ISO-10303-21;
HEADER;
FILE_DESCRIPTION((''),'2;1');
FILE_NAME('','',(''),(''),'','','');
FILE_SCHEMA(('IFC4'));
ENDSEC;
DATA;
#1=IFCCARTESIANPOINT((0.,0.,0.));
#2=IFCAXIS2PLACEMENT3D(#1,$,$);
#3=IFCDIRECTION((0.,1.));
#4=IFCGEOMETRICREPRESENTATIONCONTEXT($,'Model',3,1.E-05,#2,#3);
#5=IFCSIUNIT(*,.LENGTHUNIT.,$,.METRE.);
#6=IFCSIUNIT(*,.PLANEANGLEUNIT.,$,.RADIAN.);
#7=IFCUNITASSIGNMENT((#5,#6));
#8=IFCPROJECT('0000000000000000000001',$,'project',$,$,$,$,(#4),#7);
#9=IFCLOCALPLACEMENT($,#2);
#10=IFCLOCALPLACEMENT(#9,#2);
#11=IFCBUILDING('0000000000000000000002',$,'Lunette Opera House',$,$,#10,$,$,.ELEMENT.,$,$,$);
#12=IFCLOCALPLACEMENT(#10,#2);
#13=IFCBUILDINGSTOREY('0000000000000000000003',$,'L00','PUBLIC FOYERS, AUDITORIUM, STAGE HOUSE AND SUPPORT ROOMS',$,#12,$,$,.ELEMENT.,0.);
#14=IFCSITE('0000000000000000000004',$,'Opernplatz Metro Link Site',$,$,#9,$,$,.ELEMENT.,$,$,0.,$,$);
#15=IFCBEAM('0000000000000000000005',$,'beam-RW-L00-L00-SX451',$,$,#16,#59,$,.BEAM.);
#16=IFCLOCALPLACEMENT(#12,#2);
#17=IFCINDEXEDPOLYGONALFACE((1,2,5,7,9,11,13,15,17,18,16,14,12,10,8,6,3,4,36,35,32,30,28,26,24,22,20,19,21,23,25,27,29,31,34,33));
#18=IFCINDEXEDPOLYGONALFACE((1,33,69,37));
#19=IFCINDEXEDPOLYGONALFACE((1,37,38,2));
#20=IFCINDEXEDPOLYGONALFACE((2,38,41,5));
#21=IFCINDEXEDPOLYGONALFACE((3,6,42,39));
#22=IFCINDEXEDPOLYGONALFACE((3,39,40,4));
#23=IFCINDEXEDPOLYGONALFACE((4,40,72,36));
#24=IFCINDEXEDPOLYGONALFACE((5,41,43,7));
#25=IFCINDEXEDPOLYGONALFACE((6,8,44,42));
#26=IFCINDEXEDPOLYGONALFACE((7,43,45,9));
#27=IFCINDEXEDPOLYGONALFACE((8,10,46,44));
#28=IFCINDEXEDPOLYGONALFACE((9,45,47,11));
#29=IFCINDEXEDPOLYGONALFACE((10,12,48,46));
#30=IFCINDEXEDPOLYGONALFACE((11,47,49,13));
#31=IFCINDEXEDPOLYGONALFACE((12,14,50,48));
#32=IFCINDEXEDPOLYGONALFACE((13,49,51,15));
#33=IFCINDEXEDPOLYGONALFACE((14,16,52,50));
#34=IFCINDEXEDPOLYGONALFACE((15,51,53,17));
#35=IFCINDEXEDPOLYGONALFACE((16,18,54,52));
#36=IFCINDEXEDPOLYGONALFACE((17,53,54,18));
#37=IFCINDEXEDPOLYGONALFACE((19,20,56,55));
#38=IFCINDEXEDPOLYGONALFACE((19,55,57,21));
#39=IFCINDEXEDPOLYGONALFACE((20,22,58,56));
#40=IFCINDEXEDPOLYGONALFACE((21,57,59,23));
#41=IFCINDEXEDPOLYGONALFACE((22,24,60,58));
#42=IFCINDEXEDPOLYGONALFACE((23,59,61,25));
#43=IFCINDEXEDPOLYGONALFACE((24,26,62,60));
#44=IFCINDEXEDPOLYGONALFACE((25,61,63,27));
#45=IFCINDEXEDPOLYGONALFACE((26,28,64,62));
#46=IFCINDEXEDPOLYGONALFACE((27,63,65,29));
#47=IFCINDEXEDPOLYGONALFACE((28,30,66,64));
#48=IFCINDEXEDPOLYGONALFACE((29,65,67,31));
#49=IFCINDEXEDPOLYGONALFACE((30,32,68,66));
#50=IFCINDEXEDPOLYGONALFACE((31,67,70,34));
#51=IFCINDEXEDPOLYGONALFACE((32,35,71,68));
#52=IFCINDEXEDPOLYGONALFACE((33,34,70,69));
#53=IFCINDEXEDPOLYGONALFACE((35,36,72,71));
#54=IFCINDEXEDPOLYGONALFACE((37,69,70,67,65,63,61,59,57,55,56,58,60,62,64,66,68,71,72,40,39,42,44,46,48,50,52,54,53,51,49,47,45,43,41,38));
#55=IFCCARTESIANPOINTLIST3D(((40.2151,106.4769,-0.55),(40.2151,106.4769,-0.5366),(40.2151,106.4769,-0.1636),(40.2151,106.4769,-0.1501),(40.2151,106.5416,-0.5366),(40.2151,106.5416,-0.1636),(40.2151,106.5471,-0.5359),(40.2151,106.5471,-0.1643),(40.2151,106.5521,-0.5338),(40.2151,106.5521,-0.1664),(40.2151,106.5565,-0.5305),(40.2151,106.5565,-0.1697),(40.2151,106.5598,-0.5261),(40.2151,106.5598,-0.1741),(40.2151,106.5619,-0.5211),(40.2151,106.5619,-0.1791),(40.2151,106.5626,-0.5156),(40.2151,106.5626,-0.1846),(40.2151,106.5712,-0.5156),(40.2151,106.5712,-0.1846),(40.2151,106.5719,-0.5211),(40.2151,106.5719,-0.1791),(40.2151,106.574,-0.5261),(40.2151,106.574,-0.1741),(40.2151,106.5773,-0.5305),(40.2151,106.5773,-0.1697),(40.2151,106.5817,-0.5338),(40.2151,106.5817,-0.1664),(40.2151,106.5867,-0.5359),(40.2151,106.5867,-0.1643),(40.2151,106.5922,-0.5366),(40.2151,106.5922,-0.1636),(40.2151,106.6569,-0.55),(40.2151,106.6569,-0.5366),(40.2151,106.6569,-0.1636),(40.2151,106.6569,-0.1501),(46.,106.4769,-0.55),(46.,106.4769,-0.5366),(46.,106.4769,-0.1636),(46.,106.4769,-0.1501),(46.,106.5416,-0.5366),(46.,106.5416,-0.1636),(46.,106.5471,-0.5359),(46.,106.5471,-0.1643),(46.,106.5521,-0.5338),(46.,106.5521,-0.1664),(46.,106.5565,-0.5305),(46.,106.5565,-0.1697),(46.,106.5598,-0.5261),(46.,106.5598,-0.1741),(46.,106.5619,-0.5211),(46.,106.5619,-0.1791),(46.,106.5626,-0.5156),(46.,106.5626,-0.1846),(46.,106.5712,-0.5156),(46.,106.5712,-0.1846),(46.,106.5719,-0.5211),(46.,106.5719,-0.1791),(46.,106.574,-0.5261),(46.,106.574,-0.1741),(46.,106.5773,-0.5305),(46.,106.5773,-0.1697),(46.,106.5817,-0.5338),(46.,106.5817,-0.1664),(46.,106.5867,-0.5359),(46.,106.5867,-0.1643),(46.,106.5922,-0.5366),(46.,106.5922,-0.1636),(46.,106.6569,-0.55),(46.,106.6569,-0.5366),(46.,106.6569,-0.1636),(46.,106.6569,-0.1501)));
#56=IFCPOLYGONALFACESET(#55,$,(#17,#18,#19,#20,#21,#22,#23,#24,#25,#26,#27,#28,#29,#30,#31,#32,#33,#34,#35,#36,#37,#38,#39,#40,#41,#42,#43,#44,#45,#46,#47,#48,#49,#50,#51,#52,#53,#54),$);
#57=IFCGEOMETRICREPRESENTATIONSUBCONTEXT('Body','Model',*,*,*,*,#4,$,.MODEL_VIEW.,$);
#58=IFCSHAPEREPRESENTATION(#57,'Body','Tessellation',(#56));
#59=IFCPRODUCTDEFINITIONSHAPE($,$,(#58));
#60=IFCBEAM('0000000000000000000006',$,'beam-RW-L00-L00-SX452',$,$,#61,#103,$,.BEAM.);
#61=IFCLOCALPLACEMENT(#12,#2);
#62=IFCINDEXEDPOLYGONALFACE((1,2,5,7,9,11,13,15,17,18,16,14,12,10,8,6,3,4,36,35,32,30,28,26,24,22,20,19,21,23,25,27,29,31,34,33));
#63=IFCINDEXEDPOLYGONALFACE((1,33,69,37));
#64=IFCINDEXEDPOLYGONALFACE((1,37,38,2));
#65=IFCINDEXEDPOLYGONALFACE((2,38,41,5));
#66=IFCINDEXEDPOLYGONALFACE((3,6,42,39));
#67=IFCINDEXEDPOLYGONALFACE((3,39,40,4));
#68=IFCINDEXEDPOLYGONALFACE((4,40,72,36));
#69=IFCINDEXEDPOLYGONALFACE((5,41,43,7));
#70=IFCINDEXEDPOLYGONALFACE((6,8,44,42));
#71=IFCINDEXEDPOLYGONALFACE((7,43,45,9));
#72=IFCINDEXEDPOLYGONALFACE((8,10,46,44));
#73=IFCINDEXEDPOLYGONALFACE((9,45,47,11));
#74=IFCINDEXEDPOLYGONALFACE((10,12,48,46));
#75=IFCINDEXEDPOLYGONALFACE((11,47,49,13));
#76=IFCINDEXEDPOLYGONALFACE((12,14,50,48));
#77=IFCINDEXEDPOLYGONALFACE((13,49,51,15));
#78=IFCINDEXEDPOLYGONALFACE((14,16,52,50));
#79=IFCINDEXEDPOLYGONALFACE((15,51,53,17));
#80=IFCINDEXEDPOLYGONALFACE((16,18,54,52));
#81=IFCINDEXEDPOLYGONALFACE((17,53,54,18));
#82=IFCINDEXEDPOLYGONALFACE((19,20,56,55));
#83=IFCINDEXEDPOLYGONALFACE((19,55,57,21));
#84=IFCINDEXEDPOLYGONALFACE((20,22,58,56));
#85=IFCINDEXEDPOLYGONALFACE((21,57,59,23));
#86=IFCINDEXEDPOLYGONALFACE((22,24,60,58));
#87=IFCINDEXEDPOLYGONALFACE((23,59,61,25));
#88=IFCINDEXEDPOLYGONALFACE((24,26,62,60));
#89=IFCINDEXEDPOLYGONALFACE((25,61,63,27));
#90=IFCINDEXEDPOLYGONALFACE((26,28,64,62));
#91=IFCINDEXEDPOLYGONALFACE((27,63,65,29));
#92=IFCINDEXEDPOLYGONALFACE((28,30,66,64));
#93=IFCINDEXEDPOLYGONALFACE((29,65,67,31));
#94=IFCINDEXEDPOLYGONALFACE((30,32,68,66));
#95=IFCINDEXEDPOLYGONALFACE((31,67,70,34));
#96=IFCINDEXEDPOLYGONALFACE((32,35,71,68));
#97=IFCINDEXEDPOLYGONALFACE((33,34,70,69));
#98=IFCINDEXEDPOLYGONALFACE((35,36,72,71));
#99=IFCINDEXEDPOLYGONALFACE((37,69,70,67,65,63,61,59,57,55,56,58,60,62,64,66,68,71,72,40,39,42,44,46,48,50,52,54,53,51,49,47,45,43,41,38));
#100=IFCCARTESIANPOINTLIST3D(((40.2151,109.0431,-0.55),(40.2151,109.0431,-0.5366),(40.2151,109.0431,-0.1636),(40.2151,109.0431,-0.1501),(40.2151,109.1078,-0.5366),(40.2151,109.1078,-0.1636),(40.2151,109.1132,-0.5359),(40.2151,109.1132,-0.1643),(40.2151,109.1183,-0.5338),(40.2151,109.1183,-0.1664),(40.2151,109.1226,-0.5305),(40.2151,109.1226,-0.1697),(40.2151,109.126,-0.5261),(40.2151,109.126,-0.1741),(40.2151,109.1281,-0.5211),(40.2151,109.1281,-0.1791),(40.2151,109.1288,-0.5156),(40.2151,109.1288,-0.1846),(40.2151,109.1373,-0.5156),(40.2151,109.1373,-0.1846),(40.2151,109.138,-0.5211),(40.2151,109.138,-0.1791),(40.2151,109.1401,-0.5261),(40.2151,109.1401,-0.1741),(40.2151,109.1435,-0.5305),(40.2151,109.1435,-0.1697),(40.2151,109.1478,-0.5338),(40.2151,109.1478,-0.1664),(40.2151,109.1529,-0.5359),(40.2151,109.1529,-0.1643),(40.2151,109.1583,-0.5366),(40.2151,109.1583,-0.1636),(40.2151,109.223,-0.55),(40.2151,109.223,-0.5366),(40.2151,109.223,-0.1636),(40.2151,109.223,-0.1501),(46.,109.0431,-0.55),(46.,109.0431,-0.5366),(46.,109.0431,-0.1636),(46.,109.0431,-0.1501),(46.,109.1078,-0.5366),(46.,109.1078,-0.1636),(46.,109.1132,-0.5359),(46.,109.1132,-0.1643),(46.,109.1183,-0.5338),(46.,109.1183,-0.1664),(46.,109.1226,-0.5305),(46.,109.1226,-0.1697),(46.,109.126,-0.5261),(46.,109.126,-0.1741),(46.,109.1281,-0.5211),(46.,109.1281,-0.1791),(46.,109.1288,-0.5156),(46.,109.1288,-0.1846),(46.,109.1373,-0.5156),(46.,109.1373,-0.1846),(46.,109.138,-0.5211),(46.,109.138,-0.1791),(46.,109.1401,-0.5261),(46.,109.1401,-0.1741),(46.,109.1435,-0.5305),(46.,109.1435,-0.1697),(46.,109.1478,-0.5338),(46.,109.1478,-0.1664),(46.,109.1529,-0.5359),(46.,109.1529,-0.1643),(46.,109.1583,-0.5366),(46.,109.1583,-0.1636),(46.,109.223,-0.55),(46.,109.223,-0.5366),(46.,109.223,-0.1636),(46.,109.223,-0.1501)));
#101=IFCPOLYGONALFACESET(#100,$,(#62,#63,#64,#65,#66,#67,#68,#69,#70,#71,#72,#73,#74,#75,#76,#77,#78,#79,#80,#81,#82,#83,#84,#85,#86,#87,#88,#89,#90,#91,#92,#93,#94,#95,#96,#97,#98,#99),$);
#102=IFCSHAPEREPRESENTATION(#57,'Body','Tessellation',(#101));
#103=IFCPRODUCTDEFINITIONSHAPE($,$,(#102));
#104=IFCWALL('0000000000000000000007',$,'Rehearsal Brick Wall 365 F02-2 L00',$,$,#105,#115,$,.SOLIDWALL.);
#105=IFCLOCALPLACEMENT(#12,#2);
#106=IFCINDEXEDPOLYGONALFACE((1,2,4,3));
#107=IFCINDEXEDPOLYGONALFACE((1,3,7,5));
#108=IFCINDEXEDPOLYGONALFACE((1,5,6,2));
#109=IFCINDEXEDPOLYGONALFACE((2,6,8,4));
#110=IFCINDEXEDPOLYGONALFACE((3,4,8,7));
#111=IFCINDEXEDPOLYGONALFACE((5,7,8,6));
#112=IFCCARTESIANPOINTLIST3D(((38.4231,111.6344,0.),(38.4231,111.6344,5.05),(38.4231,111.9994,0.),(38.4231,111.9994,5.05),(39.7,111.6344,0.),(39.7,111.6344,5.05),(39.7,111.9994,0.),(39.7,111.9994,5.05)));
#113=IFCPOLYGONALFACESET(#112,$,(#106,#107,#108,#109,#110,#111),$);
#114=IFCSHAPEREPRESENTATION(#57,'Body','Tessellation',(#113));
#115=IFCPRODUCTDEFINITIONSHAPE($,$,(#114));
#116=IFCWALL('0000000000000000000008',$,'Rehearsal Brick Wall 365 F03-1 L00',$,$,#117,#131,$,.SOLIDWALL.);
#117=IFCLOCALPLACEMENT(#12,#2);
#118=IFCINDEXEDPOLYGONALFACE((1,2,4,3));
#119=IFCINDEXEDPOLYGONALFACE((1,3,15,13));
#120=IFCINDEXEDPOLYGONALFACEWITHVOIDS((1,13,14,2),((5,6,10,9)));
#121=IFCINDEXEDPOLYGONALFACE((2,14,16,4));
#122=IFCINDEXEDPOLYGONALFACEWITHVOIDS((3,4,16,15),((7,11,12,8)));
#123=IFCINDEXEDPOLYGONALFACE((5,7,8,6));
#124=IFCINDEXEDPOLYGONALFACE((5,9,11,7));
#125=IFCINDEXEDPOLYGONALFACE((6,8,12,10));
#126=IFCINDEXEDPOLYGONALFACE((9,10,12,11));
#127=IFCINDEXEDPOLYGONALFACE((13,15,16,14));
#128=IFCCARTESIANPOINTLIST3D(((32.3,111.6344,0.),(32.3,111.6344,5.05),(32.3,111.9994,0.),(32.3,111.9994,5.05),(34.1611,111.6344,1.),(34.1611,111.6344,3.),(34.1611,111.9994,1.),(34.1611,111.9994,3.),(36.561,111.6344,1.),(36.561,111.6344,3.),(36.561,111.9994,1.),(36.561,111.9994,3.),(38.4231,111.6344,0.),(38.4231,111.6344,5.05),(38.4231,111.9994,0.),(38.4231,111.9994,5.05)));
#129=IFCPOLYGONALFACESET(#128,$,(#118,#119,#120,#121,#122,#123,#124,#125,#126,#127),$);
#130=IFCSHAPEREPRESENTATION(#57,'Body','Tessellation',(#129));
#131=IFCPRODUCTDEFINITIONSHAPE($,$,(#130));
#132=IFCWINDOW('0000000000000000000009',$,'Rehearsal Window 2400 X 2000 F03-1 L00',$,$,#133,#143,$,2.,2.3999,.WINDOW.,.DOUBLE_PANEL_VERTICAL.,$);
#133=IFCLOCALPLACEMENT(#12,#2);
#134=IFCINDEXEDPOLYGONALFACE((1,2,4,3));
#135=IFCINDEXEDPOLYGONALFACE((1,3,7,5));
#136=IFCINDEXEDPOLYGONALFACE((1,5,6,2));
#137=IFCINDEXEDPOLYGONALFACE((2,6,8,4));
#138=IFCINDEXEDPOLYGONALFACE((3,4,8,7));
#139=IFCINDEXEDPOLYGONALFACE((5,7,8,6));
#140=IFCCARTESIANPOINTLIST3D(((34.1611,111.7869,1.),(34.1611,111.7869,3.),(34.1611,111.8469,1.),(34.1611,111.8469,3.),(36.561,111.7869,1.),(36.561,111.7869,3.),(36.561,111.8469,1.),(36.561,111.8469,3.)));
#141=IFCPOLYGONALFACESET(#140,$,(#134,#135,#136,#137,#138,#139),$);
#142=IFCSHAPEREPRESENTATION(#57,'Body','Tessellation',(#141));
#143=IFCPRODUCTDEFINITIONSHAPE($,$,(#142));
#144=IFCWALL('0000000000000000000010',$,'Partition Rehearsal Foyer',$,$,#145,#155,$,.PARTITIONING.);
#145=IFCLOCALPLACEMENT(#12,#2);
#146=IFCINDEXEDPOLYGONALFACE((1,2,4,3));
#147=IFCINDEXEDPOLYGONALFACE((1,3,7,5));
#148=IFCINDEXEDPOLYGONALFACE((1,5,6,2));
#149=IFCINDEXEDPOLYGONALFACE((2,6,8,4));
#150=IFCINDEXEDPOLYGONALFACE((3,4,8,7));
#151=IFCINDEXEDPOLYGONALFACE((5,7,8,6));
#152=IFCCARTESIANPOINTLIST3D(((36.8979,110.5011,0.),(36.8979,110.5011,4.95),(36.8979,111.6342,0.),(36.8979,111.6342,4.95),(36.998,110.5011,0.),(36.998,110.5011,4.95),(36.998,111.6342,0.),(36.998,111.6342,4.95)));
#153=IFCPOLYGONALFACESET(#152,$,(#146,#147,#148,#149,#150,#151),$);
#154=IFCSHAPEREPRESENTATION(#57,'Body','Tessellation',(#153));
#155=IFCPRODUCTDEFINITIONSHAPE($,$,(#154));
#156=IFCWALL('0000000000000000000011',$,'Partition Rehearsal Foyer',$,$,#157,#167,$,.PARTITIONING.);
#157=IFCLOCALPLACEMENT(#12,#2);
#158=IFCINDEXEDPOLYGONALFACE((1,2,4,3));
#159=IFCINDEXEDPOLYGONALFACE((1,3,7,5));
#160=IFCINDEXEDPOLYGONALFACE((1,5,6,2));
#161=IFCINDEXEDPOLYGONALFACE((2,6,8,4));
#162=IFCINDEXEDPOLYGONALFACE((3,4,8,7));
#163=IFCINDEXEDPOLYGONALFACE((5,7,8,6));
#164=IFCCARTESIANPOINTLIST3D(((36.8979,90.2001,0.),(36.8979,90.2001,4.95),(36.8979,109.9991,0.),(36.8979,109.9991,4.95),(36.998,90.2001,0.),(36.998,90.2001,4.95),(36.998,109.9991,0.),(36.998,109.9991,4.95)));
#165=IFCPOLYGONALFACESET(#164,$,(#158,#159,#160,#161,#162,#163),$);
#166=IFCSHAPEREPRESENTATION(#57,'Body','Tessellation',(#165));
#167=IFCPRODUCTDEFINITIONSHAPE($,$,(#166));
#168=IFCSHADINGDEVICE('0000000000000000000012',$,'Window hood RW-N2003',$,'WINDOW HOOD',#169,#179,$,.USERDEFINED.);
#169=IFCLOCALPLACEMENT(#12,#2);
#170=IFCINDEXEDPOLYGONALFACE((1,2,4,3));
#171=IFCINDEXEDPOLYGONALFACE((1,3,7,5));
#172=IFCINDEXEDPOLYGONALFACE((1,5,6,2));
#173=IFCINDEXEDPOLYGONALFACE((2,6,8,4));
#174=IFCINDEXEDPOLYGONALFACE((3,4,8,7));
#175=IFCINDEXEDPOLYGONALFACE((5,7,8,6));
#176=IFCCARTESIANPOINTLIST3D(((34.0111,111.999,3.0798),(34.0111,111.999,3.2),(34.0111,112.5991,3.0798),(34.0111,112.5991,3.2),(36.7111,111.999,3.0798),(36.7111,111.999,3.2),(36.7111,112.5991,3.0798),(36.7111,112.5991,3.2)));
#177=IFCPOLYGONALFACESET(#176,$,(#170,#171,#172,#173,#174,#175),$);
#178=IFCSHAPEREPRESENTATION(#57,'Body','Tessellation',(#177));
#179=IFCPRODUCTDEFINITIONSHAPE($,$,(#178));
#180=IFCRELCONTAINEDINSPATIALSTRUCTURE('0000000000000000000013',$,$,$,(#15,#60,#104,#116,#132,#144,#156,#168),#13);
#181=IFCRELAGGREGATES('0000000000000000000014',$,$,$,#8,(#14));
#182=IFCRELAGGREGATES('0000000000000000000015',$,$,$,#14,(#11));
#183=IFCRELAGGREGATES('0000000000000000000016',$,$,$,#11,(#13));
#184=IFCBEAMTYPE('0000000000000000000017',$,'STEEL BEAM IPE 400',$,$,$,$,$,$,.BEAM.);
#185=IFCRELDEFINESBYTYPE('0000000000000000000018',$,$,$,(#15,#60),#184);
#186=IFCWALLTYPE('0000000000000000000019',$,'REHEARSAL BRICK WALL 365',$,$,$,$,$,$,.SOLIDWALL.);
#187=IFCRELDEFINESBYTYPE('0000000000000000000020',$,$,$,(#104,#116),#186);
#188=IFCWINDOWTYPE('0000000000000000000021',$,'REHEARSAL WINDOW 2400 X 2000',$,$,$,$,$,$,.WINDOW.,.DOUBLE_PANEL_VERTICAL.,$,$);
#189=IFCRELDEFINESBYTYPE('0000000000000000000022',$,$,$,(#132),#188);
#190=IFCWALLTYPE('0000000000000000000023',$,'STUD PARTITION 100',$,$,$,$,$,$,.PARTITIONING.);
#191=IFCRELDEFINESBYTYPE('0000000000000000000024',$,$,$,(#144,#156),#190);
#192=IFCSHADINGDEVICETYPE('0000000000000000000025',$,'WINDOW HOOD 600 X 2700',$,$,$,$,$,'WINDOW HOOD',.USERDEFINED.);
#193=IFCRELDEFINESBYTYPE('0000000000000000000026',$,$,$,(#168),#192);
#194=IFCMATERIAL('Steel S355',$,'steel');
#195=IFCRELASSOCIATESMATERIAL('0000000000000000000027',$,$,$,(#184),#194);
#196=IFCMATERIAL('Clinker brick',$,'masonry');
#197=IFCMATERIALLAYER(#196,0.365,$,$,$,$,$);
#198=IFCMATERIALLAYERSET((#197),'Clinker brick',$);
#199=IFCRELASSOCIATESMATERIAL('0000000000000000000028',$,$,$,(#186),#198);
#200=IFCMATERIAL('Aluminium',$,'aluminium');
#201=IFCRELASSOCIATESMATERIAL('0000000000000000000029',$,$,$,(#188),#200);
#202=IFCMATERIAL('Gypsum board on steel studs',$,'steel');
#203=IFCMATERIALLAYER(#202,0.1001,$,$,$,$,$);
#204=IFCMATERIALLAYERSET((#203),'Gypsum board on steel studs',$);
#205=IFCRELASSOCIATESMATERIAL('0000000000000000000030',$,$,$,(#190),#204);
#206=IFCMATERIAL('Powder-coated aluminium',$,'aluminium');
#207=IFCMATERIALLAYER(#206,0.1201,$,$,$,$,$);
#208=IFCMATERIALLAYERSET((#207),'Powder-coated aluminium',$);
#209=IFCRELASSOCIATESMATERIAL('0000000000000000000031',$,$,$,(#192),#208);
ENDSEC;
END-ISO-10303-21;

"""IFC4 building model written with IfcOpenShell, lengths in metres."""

from ifc_helpers import new_model, si_unit, direction, frame, frame_2d, origin, origin_2d, place, context, subcontext, project, spatial, rectangle, i_section, extrude, material, layer, layer_set, material_profile, profile_set, type_object, element, fill, save


model = new_model("IFC4")

# Units and contexts
model_context = context("Model", 3, precision=1e-05, world=origin(), true_north=direction((0.0, 1.0)))
body_context = subcontext(model_context, "Body", "Model", "MODEL_VIEW")
ifc_project = project(units=[si_unit("LENGTHUNIT", "METRE"), si_unit("PLANEANGLEUNIT", "RADIAN")], contexts=[model_context])

# Site, building, storey
site_placement = place(None, origin())
site = spatial("IfcSite", under=ifc_project, at=site_placement, Name="Opernplatz Metro Link Site", CompositionType="ELEMENT", RefElevation=0.0)
building_placement = place(site_placement, origin())
building = spatial("IfcBuilding", under=site, at=building_placement, Name="Lunette Opera House", CompositionType="ELEMENT")
storey_placement = place(building_placement, origin())
storey = spatial("IfcBuildingStorey", under=building, at=storey_placement, Name="L00", Description="PUBLIC FOYERS, AUDITORIUM, STAGE HOUSE AND SUPPORT ROOMS", CompositionType="ELEMENT", Elevation=0.0)

# Beams
ifc_material_1 = material(Name="Steel S355", Category="steel")
ifc_material_profile_1 = material_profile(ifc_material_1, i_section(OverallWidth=0.1799, OverallDepth=0.3999, WebThickness=0.0085, FlangeThickness=0.0134, FilletRadius=0.021, at=origin_2d()), Name="IPE 400")
ifc_profile_set_1 = profile_set([ifc_material_profile_1], Name="Steel S355")
beam_type_1 = type_object("IfcBeamType", Name="STEEL BEAM IPE 400", PredefinedType="BEAM", material=ifc_profile_set_1)
for number, where, z_axis, x_axis, name in (
    (1, (40.2151, 106.5669, -0.3501), (1.0, 0.0, 0.0), (0.0, 1.0, 0.0), "beam-RW-L00-L00-SX451"),
    (2, (40.2151, 109.1331, -0.3501), (1.0, 0.0, 0.0), (0.0, 1.0, 0.0), "beam-RW-L00-L00-SX452"),
):
    element("IfcBeam", number, at=place(storey_placement, frame(where, z_axis=z_axis, x_axis=x_axis)), inside=storey, type_object=beam_type_1, Name=name, PredefinedType="BEAM", context=body_context, shape_type="SweptSolid", body=[
        extrude(i_section(OverallWidth=0.1799, OverallDepth=0.3999, WebThickness=0.0085, FlangeThickness=0.0134, FilletRadius=0.021, at=origin_2d()), origin(), (0.0, 0.0, 1.0), 5.7849),
    ])

# Wall
ifc_material_2 = material(Name="Clinker brick", Category="masonry")
ifc_layer_1 = layer(ifc_material_2, 0.365)
ifc_layer_set_1 = layer_set([ifc_layer_1], Name="Clinker brick")
wall_type_1 = type_object("IfcWallType", Name="REHEARSAL BRICK WALL 365", PredefinedType="SOLIDWALL", material=ifc_layer_set_1)
wall_1_placement = place(storey_placement, frame((39.7, 111.8169, 0.0), z_axis=(0.0, 0.0, 1.0), x_axis=(-1.0, 0.0, 0.0)))
element("IfcWall", 3, at=wall_1_placement, inside=storey, type_object=wall_type_1, Name="Rehearsal Brick Wall 365 F02-2 L00", PredefinedType="SOLIDWALL", context=body_context, shape_type="SweptSolid", body=[
    extrude(rectangle(XDim=1.2769, YDim=0.365, at=frame_2d((0.6384, 0.0))), origin(), (0.0, 0.0, 1.0), 5.05),
])

# Wall, opening, window
wall_2_placement = place(storey_placement, frame((38.4231, 111.8169, 0.0), z_axis=(0.0, 0.0, 1.0), x_axis=(-1.0, 0.0, 0.0)))
wall_2 = element("IfcWall", 4, at=wall_2_placement, inside=storey, type_object=wall_type_1, Name="Rehearsal Brick Wall 365 F03-1 L00", PredefinedType="SOLIDWALL", context=body_context, shape_type="SweptSolid", body=[
    extrude(rectangle(XDim=6.123, YDim=0.365, at=frame_2d((3.0615, 0.0))), origin(), (0.0, 0.0, 1.0), 5.05),
])
opening_placement = place(wall_2_placement, frame((1.8621, 0.0, 1.0)))
opening = element("IfcOpeningElement", 5, at=opening_placement, cuts=wall_2, PredefinedType="OPENING", context=body_context, shape_type="SweptSolid", body=[
    extrude(rectangle(XDim=2.3999, YDim=2.0, at=frame_2d((1.2, 1.0))), frame((0.0, 0.1946, 0.0), z_axis=(0.0, -1.0, 0.0), x_axis=(1.0, 0.0, 0.0)), (0.0, 0.0, 1.0), 0.3889),
])
ifc_material_3 = material(Name="Aluminium", Category="aluminium")
window_type = type_object("IfcWindowType", Name="REHEARSAL WINDOW 2400 X 2000", PartitioningType="DOUBLE_PANEL_VERTICAL", PredefinedType="WINDOW", material=ifc_material_3)
window_placement = place(opening_placement, origin())
window = element("IfcWindow", 6, at=window_placement, inside=storey, type_object=window_type, Name="Rehearsal Window 2400 X 2000 F03-1 L00", OverallHeight=2.0, OverallWidth=2.3999, PartitioningType="DOUBLE_PANEL_VERTICAL", PredefinedType="WINDOW", context=body_context, shape_type="SweptSolid", body=[
    extrude(rectangle(XDim=2.3999, YDim=2.0, at=frame_2d((1.2, 1.0))), frame((0.0, 0.03, 0.0), z_axis=(0.0, -1.0, 0.0), x_axis=(1.0, 0.0, 0.0)), (0.0, 0.0, 1.0), 0.0601),
])
fill(opening, window)

# Walls
ifc_material_4 = material(Name="Gypsum board on steel studs", Category="steel")
ifc_layer_2 = layer(ifc_material_4, 0.1001)
ifc_layer_set_2 = layer_set([ifc_layer_2], Name="Gypsum board on steel studs")
wall_type_2 = type_object("IfcWallType", Name="STUD PARTITION 100", PredefinedType="PARTITIONING", material=ifc_layer_set_2)
wall_3_placement = place(storey_placement, frame((36.948, 111.634, 0.0), z_axis=(0.0, 0.0, 1.0), x_axis=(0.0, -1.0, 0.0)))
element("IfcWall", 7, at=wall_3_placement, inside=storey, type_object=wall_type_2, Name="Partition Rehearsal Foyer", PredefinedType="PARTITIONING", context=body_context, shape_type="SweptSolid", body=[
    extrude(rectangle(XDim=1.1331, YDim=0.1001, at=frame_2d((0.5664, 0.0))), origin(), (0.0, 0.0, 1.0), 4.95),
])
wall_4_placement = place(storey_placement, frame((36.948, 109.999, 0.0), z_axis=(0.0, 0.0, 1.0), x_axis=(0.0, -1.0, 0.0)))
element("IfcWall", 8, at=wall_4_placement, inside=storey, type_object=wall_type_2, Name="Partition Rehearsal Foyer", PredefinedType="PARTITIONING", context=body_context, shape_type="SweptSolid", body=[
    extrude(rectangle(XDim=19.7991, YDim=0.1001, at=frame_2d((9.8994, 0.0))), origin(), (0.0, 0.0, 1.0), 4.95),
])

# Shading device
ifc_material_5 = material(Name="Powder-coated aluminium", Category="aluminium")
ifc_layer_3 = layer(ifc_material_5, 0.1201)
ifc_layer_set_3 = layer_set([ifc_layer_3], Name="Powder-coated aluminium")
shading_device_type = type_object("IfcShadingDeviceType", Name="WINDOW HOOD 600 X 2700", ElementType="WINDOW HOOD", PredefinedType="USERDEFINED", material=ifc_layer_set_3)
shading_device_placement = place(storey_placement, frame((35.3611, 112.2991, 3.0798), z_axis=(0.0, 0.0, 1.0), x_axis=(0.0, 1.0, 0.0)))
element("IfcShadingDevice", 9, at=shading_device_placement, inside=storey, type_object=shading_device_type, Name="Window hood RW-N2003", ObjectType="WINDOW HOOD", PredefinedType="USERDEFINED", context=body_context, shape_type="SweptSolid", body=[
    extrude(rectangle(XDim=0.6001, YDim=2.7, at=origin_2d()), origin(), (0.0, 0.0, 1.0), 0.1201),
])

save(model, "model.ifc")
